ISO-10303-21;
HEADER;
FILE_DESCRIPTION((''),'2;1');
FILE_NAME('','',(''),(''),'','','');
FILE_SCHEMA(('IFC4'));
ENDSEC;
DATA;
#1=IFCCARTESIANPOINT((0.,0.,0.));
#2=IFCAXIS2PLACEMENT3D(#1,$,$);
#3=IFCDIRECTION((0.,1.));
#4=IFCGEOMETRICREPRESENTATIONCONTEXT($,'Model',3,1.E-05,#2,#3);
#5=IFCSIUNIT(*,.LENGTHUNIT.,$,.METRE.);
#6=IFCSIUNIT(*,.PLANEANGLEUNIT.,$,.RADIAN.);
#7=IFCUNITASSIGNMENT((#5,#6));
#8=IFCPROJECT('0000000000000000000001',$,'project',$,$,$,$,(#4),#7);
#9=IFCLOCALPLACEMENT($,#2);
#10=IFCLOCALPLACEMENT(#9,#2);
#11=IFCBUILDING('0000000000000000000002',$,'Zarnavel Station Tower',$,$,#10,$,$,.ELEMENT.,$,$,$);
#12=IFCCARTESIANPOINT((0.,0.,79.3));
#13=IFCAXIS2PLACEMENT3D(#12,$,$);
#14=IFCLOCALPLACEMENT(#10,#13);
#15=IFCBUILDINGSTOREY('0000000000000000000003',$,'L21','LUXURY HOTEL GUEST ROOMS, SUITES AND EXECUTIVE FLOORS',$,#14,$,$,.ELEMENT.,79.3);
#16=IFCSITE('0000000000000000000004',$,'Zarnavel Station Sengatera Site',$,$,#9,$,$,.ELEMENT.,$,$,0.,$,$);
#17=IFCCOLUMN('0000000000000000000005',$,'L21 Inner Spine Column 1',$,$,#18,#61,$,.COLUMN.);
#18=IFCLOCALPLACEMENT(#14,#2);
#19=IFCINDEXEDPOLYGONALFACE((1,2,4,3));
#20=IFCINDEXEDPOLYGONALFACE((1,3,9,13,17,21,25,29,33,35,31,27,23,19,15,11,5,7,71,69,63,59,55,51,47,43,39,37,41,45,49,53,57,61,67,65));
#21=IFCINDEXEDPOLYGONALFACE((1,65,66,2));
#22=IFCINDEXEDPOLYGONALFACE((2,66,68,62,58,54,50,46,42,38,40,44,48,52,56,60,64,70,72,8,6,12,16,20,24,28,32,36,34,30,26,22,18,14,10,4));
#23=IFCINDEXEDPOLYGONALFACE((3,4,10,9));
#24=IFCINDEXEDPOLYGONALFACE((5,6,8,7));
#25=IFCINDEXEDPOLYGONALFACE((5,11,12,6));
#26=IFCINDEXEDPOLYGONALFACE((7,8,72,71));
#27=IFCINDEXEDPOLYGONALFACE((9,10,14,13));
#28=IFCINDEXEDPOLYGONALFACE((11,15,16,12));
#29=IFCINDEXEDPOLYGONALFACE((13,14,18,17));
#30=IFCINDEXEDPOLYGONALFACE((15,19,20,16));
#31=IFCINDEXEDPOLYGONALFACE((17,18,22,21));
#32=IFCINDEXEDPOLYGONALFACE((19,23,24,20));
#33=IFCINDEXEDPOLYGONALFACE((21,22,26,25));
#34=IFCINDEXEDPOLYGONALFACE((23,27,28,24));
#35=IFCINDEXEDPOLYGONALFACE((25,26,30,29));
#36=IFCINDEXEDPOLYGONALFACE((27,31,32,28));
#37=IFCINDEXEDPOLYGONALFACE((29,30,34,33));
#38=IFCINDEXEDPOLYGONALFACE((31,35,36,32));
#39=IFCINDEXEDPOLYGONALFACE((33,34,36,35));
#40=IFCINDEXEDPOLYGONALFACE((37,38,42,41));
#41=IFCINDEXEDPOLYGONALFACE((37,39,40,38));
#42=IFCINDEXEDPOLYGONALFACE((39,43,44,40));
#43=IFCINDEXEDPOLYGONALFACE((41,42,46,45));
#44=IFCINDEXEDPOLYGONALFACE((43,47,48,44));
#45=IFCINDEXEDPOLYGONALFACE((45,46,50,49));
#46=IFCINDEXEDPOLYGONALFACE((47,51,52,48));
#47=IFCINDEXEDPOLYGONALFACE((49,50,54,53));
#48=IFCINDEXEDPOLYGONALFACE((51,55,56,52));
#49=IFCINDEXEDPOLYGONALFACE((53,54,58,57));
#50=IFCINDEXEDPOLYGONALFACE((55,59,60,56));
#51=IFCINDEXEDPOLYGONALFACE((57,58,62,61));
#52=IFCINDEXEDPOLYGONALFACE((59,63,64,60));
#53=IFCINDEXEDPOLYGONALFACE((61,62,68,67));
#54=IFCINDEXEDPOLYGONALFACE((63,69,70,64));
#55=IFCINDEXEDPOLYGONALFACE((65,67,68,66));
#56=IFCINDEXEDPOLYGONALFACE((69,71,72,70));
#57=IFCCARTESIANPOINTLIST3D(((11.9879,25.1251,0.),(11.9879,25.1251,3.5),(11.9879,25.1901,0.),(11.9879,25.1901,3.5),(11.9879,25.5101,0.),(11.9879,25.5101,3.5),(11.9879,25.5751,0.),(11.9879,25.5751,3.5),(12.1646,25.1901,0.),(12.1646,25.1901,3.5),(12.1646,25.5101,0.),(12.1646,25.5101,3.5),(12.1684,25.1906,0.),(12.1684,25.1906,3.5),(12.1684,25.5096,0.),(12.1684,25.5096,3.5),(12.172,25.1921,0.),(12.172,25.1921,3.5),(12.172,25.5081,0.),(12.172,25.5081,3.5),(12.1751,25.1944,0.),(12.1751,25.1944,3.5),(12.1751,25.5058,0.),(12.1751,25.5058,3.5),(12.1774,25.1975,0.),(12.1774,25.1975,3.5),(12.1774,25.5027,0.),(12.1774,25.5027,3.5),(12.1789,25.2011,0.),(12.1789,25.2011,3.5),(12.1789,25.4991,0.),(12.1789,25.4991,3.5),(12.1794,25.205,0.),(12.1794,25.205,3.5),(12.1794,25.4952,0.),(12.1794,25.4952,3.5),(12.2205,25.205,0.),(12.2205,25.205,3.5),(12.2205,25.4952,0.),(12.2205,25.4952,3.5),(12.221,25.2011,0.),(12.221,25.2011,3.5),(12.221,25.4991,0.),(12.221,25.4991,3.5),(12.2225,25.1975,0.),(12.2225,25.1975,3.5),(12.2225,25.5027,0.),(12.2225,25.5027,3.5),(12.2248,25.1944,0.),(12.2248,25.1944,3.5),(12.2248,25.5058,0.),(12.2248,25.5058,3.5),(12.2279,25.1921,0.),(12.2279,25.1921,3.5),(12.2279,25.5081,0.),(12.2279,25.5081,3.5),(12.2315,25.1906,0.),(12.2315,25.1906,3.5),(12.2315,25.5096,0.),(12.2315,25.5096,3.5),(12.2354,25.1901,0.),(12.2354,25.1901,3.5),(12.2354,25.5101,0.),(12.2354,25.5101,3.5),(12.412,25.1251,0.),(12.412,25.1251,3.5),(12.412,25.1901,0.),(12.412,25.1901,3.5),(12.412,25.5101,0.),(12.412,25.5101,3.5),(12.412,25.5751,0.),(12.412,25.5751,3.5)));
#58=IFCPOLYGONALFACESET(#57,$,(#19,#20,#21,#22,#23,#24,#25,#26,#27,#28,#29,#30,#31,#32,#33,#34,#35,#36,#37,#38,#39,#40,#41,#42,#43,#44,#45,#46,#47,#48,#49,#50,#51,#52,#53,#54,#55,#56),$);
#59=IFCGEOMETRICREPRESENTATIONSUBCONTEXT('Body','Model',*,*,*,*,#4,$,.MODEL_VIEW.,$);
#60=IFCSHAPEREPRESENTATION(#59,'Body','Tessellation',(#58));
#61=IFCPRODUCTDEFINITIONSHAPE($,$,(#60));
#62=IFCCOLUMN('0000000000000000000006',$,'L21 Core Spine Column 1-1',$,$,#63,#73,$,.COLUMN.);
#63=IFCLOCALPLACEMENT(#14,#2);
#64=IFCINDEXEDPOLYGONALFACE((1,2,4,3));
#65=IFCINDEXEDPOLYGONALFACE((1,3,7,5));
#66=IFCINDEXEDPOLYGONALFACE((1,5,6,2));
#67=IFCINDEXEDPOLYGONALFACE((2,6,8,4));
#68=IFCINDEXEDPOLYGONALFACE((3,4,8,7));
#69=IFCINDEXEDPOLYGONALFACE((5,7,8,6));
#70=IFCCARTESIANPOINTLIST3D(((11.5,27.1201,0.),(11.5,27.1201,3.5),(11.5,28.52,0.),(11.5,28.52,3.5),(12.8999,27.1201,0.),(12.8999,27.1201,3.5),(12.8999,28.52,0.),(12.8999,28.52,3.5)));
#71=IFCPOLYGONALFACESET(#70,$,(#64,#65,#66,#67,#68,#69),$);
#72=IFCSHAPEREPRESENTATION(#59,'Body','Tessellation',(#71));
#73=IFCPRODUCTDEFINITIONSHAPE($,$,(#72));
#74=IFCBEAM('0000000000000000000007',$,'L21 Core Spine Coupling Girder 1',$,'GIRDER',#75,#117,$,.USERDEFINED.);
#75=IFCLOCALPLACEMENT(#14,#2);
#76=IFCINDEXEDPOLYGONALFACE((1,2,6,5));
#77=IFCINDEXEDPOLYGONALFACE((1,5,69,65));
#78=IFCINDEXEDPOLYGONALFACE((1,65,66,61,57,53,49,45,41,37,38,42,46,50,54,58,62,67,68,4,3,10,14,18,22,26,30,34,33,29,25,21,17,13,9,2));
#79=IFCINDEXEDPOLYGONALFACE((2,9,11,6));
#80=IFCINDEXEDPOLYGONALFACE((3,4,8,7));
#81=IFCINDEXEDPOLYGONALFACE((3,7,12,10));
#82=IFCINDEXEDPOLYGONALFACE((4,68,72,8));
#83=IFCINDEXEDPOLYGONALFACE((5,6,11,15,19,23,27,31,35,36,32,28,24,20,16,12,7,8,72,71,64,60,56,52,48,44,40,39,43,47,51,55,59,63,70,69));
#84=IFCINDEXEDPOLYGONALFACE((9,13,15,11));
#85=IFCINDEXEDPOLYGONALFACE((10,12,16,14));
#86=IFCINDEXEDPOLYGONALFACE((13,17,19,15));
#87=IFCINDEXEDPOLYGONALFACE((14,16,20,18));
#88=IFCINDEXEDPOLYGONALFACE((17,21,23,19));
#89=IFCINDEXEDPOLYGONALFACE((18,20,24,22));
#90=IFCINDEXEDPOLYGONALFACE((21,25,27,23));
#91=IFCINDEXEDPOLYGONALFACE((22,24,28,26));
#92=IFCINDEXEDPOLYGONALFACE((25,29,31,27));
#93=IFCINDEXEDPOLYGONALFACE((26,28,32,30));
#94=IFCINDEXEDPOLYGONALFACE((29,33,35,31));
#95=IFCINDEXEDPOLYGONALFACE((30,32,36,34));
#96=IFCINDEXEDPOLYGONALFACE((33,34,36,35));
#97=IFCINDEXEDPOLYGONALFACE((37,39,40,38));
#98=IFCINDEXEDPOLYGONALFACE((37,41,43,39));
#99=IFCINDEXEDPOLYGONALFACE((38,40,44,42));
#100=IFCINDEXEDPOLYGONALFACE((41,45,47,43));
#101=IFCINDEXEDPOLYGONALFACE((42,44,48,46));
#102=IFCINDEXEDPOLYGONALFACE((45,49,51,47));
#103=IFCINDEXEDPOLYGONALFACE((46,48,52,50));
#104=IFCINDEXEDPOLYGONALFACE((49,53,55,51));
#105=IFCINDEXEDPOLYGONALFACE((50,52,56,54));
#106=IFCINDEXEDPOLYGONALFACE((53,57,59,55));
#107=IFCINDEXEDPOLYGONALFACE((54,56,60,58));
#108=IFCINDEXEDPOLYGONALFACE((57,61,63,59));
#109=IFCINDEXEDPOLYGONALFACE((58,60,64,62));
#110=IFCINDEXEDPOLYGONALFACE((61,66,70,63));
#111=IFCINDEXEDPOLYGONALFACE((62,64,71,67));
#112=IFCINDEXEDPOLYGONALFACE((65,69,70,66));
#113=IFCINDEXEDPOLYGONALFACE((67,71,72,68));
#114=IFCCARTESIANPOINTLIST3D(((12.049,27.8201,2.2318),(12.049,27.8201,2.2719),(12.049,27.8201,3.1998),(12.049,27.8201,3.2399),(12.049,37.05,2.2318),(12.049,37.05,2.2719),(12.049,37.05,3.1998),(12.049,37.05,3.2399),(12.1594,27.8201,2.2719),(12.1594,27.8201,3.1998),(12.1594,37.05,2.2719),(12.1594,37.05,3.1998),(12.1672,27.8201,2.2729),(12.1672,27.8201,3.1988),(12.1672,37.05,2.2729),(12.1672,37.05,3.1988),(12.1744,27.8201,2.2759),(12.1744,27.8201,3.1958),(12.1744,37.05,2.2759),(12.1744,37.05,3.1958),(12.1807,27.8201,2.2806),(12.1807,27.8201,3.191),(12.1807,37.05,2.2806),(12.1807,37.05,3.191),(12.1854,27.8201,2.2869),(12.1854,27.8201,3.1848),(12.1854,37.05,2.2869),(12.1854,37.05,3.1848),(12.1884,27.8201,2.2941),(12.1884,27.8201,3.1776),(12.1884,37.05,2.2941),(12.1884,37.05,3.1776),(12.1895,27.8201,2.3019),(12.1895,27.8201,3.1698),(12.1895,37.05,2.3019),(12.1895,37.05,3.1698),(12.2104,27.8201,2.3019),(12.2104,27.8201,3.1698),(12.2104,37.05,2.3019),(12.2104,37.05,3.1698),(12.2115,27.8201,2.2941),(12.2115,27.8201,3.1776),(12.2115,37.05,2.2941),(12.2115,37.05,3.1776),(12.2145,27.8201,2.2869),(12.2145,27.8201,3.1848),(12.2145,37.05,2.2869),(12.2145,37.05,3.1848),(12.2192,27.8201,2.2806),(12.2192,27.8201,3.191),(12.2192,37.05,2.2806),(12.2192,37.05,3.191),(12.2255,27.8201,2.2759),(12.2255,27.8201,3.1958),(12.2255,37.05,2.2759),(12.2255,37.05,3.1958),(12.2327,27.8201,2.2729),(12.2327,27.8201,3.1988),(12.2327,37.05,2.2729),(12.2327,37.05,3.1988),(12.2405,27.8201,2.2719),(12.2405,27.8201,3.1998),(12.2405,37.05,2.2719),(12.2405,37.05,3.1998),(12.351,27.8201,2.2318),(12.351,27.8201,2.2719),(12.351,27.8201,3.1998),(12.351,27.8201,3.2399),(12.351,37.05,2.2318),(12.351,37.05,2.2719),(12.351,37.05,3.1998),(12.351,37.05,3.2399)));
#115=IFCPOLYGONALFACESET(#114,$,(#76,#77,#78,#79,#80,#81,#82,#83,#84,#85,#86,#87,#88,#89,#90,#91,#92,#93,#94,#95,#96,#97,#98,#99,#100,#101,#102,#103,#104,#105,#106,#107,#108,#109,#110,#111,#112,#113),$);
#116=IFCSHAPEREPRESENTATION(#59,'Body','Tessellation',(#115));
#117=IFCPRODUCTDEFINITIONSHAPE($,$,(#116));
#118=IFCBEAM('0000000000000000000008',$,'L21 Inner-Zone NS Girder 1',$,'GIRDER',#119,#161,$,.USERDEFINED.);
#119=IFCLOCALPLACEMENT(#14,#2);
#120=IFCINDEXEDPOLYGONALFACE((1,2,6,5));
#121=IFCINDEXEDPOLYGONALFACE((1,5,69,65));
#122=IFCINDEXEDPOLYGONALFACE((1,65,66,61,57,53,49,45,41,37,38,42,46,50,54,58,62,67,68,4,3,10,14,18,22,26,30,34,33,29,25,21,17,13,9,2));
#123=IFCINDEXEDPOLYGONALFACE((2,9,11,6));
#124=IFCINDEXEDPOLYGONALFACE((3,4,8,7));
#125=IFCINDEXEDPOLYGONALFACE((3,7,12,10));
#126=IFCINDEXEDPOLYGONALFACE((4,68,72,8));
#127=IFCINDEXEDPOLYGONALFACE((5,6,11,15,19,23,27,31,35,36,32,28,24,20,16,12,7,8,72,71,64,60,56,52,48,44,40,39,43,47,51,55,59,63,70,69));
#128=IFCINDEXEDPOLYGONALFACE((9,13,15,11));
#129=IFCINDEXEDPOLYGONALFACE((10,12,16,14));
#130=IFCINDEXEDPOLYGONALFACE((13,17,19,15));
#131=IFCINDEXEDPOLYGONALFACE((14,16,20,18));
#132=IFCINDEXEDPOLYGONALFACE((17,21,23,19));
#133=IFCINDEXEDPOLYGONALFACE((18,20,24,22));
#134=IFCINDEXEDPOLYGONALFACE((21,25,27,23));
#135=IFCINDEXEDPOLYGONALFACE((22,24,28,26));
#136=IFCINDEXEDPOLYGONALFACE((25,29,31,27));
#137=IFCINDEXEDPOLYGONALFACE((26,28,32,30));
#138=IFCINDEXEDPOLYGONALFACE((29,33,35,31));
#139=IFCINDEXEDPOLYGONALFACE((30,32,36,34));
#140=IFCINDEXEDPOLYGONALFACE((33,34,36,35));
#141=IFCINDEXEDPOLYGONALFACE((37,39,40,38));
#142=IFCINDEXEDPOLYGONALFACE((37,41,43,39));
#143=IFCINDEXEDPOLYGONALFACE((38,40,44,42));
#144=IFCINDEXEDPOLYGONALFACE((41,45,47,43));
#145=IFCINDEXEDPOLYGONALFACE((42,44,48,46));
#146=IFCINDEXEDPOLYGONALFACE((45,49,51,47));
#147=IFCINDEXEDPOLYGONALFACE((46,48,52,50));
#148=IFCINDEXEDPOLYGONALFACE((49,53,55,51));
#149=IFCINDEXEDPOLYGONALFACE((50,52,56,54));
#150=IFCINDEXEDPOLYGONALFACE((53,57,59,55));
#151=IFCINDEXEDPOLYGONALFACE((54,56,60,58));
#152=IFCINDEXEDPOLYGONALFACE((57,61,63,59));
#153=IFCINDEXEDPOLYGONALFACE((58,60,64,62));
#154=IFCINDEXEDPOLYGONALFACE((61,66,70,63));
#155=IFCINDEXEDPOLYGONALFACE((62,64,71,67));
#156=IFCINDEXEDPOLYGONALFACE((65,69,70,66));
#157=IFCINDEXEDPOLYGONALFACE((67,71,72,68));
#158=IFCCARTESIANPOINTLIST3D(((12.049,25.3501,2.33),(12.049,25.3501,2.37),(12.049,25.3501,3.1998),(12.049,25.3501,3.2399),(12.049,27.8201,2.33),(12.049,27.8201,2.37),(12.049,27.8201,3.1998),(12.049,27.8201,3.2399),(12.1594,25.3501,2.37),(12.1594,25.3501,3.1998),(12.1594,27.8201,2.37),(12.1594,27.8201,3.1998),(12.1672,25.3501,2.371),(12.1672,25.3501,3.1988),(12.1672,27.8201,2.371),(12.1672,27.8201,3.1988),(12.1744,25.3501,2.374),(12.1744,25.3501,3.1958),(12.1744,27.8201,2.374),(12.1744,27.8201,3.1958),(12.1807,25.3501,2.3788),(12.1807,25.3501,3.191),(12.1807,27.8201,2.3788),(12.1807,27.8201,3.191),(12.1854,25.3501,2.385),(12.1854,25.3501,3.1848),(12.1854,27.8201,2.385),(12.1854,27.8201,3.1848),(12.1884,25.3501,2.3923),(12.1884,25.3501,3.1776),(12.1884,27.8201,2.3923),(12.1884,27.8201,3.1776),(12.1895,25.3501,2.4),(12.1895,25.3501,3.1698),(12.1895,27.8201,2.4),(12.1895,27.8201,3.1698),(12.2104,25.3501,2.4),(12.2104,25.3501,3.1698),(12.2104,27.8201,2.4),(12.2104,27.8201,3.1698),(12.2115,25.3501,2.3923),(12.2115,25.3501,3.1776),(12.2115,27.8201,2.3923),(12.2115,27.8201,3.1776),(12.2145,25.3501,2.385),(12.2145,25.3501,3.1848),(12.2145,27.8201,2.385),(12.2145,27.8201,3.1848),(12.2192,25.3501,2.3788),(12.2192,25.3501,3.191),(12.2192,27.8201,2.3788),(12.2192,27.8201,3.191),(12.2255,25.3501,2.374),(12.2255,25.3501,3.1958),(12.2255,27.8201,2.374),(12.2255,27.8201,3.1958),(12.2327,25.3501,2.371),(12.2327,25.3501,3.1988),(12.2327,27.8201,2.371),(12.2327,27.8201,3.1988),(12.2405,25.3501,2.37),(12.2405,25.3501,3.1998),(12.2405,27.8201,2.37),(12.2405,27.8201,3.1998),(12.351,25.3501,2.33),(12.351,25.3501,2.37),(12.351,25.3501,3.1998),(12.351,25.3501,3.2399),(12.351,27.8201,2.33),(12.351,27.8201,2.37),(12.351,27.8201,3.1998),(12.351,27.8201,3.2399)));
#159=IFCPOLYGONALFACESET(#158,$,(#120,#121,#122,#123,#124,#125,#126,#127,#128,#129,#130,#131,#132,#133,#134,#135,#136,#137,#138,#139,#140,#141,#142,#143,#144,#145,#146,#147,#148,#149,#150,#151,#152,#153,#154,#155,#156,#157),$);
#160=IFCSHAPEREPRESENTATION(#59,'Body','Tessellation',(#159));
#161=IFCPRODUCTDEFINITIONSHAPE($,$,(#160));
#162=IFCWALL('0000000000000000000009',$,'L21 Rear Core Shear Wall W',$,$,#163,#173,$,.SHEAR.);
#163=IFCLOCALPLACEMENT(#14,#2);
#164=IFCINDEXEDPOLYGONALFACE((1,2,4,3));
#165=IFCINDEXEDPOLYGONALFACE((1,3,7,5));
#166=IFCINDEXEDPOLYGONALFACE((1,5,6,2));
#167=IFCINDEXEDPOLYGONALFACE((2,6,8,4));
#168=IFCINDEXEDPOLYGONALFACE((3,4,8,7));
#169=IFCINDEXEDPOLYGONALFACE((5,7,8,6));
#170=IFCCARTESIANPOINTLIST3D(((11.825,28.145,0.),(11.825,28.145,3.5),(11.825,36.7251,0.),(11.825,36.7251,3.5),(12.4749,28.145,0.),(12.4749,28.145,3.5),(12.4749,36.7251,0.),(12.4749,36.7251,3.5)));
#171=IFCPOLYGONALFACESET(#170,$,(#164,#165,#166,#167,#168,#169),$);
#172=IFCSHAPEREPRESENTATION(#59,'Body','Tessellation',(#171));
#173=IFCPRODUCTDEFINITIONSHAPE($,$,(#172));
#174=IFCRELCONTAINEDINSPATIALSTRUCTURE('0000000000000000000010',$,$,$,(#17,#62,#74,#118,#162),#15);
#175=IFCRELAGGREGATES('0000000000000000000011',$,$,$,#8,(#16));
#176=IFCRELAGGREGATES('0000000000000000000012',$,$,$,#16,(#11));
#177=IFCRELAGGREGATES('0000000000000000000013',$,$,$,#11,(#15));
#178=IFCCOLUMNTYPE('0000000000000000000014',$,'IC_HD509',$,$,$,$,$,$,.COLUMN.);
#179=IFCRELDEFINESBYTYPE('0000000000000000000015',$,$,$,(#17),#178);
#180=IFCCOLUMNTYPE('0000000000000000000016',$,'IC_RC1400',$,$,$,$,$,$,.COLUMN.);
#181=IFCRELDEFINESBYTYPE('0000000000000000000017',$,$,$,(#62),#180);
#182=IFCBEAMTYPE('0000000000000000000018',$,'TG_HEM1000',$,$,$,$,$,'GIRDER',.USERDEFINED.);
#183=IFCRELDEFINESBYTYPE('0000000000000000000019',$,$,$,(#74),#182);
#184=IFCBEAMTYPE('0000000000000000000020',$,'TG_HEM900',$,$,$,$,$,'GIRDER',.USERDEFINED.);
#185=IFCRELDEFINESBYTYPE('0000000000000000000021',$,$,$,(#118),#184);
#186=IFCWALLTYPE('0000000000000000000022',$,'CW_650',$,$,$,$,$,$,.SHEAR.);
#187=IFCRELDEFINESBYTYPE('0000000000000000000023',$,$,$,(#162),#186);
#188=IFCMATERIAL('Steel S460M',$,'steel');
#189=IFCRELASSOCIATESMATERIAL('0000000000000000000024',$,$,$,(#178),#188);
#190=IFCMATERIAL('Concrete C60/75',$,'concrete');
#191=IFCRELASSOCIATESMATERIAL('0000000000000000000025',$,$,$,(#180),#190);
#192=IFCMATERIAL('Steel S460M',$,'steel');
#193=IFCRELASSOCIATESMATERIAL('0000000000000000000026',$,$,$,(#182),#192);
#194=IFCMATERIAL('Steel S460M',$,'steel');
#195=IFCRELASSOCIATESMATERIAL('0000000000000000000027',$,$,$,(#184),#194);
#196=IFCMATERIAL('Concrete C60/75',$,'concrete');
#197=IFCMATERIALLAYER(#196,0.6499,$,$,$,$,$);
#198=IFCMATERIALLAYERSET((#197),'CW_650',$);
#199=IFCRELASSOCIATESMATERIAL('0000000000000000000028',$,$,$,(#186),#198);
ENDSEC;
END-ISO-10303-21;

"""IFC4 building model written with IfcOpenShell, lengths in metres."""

from ifc_helpers import new_model, si_unit, direction, frame, frame_2d, origin, origin_2d, place, context, subcontext, project, spatial, rectangle, i_section, extrude, material, layer, layer_set, material_profile, profile_set, type_object, element, save


model = new_model("IFC4")

# Units and contexts
model_context = context("Model", 3, precision=1e-05, world=origin(), true_north=direction((0.0, 1.0)))
body_context = subcontext(model_context, "Body", "Model", "MODEL_VIEW")
ifc_project = project(units=[si_unit("LENGTHUNIT", "METRE"), si_unit("PLANEANGLEUNIT", "RADIAN")], contexts=[model_context])

# Site, building, storey
site_placement = place(None, origin())
site = spatial("IfcSite", under=ifc_project, at=site_placement, Name="Zarnavel Station Sengatera Site", CompositionType="ELEMENT", RefElevation=0.0)
building_placement = place(site_placement, origin())
building = spatial("IfcBuilding", under=site, at=building_placement, Name="Zarnavel Station Tower", CompositionType="ELEMENT")
storey_placement = place(building_placement, frame((0.0, 0.0, 79.3)))
storey = spatial("IfcBuildingStorey", under=building, at=storey_placement, Name="L21", Description="LUXURY HOTEL GUEST ROOMS, SUITES AND EXECUTIVE FLOORS", CompositionType="ELEMENT", Elevation=79.3)

# Columns
ifc_material_1 = material(Name="Steel S460M", Category="steel")
ifc_material_profile_1 = material_profile(ifc_material_1, i_section(OverallWidth=0.4241, OverallDepth=0.45, WebThickness=0.041, FlangeThickness=0.0649, FilletRadius=0.0149, at=origin_2d()), Name="HD400x509")
ifc_profile_set_1 = profile_set([ifc_material_profile_1], Name="Steel S460M")
column_type_1 = type_object("IfcColumnType", Name="IC_HD509", PredefinedType="COLUMN", material=ifc_profile_set_1)
column_1_placement = place(storey_placement, frame((12.2, 25.3501, 0.0), z_axis=(0.0, 0.0, 1.0), x_axis=(1.0, 0.0, 0.0)))
element("IfcColumn", 1, at=column_1_placement, inside=storey, type_object=column_type_1, Name="L21 Inner Spine Column 1", PredefinedType="COLUMN", context=body_context, shape_type="SweptSolid", body=[
    extrude(i_section(OverallWidth=0.4241, OverallDepth=0.45, WebThickness=0.041, FlangeThickness=0.0649, FilletRadius=0.0149, at=origin_2d()), origin(), (0.0, 0.0, 1.0), 3.5),
])
ifc_material_2 = material(Name="Concrete C60/75", Category="concrete")
ifc_material_profile_2 = material_profile(ifc_material_2, rectangle(XDim=1.3999, YDim=1.3999, at=origin_2d()), Name="RC1400x1400")
ifc_profile_set_2 = profile_set([ifc_material_profile_2], Name="Concrete C60/75")
column_type_2 = type_object("IfcColumnType", Name="IC_RC1400", PredefinedType="COLUMN", material=ifc_profile_set_2)
column_2_placement = place(storey_placement, frame((12.2, 27.8201, 0.0), z_axis=(0.0, 0.0, 1.0), x_axis=(1.0, 0.0, 0.0)))
element("IfcColumn", 2, at=column_2_placement, inside=storey, type_object=column_type_2, Name="L21 Core Spine Column 1-1", PredefinedType="COLUMN", context=body_context, shape_type="SweptSolid", body=[
    extrude(rectangle(XDim=1.3999, YDim=1.3999, at=origin_2d()), origin(), (0.0, 0.0, 1.0), 3.5),
])

# Beams
ifc_material_3 = material(Name="Steel S460M", Category="steel")
ifc_material_profile_3 = material_profile(ifc_material_3, i_section(OverallWidth=0.302, OverallDepth=1.0081, WebThickness=0.021, FlangeThickness=0.04, FilletRadius=0.03, at=origin_2d()), Name="HEM1000")
ifc_profile_set_3 = profile_set([ifc_material_profile_3], Name="Steel S460M")
beam_type_1 = type_object("IfcBeamType", Name="TG_HEM1000", ElementType="GIRDER", PredefinedType="USERDEFINED", material=ifc_profile_set_3)
beam_1_placement = place(storey_placement, frame((12.2, 27.8201, 2.7358), z_axis=(0.0, 1.0, 0.0), x_axis=(-1.0, 0.0, 0.0)))
element("IfcBeam", 3, at=beam_1_placement, inside=storey, type_object=beam_type_1, Name="L21 Core Spine Coupling Girder 1", ObjectType="GIRDER", PredefinedType="USERDEFINED", context=body_context, shape_type="SweptSolid", body=[
    extrude(i_section(OverallWidth=0.302, OverallDepth=1.0081, WebThickness=0.021, FlangeThickness=0.04, FilletRadius=0.03, at=origin_2d()), origin(), (0.0, 0.0, 1.0), 9.23),
])
ifc_material_4 = material(Name="Steel S460M", Category="steel")
ifc_material_profile_4 = material_profile(ifc_material_4, i_section(OverallWidth=0.302, OverallDepth=0.9099, WebThickness=0.021, FlangeThickness=0.04, FilletRadius=0.03, at=origin_2d()), Name="HEM900")
ifc_profile_set_4 = profile_set([ifc_material_profile_4], Name="Steel S460M")
beam_type_2 = type_object("IfcBeamType", Name="TG_HEM900", ElementType="GIRDER", PredefinedType="USERDEFINED", material=ifc_profile_set_4)
beam_2_placement = place(storey_placement, frame((12.2, 25.3501, 2.7849), z_axis=(0.0, 1.0, 0.0), x_axis=(-1.0, 0.0, 0.0)))
element("IfcBeam", 4, at=beam_2_placement, inside=storey, type_object=beam_type_2, Name="L21 Inner-Zone NS Girder 1", ObjectType="GIRDER", PredefinedType="USERDEFINED", context=body_context, shape_type="SweptSolid", body=[
    extrude(i_section(OverallWidth=0.302, OverallDepth=0.9099, WebThickness=0.021, FlangeThickness=0.04, FilletRadius=0.03, at=origin_2d()), origin(), (0.0, 0.0, 1.0), 2.47),
])

# Wall
ifc_material_5 = material(Name="Concrete C60/75", Category="concrete")
ifc_layer_1 = layer(ifc_material_5, 0.6499)
ifc_layer_set_1 = layer_set([ifc_layer_1], Name="CW_650")
wall_type_1 = type_object("IfcWallType", Name="CW_650", PredefinedType="SHEAR", material=ifc_layer_set_1)
wall_1_placement = place(storey_placement, frame((12.1499, 28.145, 0.0), z_axis=(0.0, 0.0, 1.0), x_axis=(0.0, 1.0, 0.0)))
element("IfcWall", 5, at=wall_1_placement, inside=storey, type_object=wall_type_1, Name="L21 Rear Core Shear Wall W", PredefinedType="SHEAR", context=body_context, shape_type="SweptSolid", body=[
    extrude(rectangle(XDim=8.5801, YDim=0.6499, at=frame_2d((4.29, 0.0))), origin(), (0.0, 0.0, 1.0), 3.5),
])

save(model, "model.ifc")
